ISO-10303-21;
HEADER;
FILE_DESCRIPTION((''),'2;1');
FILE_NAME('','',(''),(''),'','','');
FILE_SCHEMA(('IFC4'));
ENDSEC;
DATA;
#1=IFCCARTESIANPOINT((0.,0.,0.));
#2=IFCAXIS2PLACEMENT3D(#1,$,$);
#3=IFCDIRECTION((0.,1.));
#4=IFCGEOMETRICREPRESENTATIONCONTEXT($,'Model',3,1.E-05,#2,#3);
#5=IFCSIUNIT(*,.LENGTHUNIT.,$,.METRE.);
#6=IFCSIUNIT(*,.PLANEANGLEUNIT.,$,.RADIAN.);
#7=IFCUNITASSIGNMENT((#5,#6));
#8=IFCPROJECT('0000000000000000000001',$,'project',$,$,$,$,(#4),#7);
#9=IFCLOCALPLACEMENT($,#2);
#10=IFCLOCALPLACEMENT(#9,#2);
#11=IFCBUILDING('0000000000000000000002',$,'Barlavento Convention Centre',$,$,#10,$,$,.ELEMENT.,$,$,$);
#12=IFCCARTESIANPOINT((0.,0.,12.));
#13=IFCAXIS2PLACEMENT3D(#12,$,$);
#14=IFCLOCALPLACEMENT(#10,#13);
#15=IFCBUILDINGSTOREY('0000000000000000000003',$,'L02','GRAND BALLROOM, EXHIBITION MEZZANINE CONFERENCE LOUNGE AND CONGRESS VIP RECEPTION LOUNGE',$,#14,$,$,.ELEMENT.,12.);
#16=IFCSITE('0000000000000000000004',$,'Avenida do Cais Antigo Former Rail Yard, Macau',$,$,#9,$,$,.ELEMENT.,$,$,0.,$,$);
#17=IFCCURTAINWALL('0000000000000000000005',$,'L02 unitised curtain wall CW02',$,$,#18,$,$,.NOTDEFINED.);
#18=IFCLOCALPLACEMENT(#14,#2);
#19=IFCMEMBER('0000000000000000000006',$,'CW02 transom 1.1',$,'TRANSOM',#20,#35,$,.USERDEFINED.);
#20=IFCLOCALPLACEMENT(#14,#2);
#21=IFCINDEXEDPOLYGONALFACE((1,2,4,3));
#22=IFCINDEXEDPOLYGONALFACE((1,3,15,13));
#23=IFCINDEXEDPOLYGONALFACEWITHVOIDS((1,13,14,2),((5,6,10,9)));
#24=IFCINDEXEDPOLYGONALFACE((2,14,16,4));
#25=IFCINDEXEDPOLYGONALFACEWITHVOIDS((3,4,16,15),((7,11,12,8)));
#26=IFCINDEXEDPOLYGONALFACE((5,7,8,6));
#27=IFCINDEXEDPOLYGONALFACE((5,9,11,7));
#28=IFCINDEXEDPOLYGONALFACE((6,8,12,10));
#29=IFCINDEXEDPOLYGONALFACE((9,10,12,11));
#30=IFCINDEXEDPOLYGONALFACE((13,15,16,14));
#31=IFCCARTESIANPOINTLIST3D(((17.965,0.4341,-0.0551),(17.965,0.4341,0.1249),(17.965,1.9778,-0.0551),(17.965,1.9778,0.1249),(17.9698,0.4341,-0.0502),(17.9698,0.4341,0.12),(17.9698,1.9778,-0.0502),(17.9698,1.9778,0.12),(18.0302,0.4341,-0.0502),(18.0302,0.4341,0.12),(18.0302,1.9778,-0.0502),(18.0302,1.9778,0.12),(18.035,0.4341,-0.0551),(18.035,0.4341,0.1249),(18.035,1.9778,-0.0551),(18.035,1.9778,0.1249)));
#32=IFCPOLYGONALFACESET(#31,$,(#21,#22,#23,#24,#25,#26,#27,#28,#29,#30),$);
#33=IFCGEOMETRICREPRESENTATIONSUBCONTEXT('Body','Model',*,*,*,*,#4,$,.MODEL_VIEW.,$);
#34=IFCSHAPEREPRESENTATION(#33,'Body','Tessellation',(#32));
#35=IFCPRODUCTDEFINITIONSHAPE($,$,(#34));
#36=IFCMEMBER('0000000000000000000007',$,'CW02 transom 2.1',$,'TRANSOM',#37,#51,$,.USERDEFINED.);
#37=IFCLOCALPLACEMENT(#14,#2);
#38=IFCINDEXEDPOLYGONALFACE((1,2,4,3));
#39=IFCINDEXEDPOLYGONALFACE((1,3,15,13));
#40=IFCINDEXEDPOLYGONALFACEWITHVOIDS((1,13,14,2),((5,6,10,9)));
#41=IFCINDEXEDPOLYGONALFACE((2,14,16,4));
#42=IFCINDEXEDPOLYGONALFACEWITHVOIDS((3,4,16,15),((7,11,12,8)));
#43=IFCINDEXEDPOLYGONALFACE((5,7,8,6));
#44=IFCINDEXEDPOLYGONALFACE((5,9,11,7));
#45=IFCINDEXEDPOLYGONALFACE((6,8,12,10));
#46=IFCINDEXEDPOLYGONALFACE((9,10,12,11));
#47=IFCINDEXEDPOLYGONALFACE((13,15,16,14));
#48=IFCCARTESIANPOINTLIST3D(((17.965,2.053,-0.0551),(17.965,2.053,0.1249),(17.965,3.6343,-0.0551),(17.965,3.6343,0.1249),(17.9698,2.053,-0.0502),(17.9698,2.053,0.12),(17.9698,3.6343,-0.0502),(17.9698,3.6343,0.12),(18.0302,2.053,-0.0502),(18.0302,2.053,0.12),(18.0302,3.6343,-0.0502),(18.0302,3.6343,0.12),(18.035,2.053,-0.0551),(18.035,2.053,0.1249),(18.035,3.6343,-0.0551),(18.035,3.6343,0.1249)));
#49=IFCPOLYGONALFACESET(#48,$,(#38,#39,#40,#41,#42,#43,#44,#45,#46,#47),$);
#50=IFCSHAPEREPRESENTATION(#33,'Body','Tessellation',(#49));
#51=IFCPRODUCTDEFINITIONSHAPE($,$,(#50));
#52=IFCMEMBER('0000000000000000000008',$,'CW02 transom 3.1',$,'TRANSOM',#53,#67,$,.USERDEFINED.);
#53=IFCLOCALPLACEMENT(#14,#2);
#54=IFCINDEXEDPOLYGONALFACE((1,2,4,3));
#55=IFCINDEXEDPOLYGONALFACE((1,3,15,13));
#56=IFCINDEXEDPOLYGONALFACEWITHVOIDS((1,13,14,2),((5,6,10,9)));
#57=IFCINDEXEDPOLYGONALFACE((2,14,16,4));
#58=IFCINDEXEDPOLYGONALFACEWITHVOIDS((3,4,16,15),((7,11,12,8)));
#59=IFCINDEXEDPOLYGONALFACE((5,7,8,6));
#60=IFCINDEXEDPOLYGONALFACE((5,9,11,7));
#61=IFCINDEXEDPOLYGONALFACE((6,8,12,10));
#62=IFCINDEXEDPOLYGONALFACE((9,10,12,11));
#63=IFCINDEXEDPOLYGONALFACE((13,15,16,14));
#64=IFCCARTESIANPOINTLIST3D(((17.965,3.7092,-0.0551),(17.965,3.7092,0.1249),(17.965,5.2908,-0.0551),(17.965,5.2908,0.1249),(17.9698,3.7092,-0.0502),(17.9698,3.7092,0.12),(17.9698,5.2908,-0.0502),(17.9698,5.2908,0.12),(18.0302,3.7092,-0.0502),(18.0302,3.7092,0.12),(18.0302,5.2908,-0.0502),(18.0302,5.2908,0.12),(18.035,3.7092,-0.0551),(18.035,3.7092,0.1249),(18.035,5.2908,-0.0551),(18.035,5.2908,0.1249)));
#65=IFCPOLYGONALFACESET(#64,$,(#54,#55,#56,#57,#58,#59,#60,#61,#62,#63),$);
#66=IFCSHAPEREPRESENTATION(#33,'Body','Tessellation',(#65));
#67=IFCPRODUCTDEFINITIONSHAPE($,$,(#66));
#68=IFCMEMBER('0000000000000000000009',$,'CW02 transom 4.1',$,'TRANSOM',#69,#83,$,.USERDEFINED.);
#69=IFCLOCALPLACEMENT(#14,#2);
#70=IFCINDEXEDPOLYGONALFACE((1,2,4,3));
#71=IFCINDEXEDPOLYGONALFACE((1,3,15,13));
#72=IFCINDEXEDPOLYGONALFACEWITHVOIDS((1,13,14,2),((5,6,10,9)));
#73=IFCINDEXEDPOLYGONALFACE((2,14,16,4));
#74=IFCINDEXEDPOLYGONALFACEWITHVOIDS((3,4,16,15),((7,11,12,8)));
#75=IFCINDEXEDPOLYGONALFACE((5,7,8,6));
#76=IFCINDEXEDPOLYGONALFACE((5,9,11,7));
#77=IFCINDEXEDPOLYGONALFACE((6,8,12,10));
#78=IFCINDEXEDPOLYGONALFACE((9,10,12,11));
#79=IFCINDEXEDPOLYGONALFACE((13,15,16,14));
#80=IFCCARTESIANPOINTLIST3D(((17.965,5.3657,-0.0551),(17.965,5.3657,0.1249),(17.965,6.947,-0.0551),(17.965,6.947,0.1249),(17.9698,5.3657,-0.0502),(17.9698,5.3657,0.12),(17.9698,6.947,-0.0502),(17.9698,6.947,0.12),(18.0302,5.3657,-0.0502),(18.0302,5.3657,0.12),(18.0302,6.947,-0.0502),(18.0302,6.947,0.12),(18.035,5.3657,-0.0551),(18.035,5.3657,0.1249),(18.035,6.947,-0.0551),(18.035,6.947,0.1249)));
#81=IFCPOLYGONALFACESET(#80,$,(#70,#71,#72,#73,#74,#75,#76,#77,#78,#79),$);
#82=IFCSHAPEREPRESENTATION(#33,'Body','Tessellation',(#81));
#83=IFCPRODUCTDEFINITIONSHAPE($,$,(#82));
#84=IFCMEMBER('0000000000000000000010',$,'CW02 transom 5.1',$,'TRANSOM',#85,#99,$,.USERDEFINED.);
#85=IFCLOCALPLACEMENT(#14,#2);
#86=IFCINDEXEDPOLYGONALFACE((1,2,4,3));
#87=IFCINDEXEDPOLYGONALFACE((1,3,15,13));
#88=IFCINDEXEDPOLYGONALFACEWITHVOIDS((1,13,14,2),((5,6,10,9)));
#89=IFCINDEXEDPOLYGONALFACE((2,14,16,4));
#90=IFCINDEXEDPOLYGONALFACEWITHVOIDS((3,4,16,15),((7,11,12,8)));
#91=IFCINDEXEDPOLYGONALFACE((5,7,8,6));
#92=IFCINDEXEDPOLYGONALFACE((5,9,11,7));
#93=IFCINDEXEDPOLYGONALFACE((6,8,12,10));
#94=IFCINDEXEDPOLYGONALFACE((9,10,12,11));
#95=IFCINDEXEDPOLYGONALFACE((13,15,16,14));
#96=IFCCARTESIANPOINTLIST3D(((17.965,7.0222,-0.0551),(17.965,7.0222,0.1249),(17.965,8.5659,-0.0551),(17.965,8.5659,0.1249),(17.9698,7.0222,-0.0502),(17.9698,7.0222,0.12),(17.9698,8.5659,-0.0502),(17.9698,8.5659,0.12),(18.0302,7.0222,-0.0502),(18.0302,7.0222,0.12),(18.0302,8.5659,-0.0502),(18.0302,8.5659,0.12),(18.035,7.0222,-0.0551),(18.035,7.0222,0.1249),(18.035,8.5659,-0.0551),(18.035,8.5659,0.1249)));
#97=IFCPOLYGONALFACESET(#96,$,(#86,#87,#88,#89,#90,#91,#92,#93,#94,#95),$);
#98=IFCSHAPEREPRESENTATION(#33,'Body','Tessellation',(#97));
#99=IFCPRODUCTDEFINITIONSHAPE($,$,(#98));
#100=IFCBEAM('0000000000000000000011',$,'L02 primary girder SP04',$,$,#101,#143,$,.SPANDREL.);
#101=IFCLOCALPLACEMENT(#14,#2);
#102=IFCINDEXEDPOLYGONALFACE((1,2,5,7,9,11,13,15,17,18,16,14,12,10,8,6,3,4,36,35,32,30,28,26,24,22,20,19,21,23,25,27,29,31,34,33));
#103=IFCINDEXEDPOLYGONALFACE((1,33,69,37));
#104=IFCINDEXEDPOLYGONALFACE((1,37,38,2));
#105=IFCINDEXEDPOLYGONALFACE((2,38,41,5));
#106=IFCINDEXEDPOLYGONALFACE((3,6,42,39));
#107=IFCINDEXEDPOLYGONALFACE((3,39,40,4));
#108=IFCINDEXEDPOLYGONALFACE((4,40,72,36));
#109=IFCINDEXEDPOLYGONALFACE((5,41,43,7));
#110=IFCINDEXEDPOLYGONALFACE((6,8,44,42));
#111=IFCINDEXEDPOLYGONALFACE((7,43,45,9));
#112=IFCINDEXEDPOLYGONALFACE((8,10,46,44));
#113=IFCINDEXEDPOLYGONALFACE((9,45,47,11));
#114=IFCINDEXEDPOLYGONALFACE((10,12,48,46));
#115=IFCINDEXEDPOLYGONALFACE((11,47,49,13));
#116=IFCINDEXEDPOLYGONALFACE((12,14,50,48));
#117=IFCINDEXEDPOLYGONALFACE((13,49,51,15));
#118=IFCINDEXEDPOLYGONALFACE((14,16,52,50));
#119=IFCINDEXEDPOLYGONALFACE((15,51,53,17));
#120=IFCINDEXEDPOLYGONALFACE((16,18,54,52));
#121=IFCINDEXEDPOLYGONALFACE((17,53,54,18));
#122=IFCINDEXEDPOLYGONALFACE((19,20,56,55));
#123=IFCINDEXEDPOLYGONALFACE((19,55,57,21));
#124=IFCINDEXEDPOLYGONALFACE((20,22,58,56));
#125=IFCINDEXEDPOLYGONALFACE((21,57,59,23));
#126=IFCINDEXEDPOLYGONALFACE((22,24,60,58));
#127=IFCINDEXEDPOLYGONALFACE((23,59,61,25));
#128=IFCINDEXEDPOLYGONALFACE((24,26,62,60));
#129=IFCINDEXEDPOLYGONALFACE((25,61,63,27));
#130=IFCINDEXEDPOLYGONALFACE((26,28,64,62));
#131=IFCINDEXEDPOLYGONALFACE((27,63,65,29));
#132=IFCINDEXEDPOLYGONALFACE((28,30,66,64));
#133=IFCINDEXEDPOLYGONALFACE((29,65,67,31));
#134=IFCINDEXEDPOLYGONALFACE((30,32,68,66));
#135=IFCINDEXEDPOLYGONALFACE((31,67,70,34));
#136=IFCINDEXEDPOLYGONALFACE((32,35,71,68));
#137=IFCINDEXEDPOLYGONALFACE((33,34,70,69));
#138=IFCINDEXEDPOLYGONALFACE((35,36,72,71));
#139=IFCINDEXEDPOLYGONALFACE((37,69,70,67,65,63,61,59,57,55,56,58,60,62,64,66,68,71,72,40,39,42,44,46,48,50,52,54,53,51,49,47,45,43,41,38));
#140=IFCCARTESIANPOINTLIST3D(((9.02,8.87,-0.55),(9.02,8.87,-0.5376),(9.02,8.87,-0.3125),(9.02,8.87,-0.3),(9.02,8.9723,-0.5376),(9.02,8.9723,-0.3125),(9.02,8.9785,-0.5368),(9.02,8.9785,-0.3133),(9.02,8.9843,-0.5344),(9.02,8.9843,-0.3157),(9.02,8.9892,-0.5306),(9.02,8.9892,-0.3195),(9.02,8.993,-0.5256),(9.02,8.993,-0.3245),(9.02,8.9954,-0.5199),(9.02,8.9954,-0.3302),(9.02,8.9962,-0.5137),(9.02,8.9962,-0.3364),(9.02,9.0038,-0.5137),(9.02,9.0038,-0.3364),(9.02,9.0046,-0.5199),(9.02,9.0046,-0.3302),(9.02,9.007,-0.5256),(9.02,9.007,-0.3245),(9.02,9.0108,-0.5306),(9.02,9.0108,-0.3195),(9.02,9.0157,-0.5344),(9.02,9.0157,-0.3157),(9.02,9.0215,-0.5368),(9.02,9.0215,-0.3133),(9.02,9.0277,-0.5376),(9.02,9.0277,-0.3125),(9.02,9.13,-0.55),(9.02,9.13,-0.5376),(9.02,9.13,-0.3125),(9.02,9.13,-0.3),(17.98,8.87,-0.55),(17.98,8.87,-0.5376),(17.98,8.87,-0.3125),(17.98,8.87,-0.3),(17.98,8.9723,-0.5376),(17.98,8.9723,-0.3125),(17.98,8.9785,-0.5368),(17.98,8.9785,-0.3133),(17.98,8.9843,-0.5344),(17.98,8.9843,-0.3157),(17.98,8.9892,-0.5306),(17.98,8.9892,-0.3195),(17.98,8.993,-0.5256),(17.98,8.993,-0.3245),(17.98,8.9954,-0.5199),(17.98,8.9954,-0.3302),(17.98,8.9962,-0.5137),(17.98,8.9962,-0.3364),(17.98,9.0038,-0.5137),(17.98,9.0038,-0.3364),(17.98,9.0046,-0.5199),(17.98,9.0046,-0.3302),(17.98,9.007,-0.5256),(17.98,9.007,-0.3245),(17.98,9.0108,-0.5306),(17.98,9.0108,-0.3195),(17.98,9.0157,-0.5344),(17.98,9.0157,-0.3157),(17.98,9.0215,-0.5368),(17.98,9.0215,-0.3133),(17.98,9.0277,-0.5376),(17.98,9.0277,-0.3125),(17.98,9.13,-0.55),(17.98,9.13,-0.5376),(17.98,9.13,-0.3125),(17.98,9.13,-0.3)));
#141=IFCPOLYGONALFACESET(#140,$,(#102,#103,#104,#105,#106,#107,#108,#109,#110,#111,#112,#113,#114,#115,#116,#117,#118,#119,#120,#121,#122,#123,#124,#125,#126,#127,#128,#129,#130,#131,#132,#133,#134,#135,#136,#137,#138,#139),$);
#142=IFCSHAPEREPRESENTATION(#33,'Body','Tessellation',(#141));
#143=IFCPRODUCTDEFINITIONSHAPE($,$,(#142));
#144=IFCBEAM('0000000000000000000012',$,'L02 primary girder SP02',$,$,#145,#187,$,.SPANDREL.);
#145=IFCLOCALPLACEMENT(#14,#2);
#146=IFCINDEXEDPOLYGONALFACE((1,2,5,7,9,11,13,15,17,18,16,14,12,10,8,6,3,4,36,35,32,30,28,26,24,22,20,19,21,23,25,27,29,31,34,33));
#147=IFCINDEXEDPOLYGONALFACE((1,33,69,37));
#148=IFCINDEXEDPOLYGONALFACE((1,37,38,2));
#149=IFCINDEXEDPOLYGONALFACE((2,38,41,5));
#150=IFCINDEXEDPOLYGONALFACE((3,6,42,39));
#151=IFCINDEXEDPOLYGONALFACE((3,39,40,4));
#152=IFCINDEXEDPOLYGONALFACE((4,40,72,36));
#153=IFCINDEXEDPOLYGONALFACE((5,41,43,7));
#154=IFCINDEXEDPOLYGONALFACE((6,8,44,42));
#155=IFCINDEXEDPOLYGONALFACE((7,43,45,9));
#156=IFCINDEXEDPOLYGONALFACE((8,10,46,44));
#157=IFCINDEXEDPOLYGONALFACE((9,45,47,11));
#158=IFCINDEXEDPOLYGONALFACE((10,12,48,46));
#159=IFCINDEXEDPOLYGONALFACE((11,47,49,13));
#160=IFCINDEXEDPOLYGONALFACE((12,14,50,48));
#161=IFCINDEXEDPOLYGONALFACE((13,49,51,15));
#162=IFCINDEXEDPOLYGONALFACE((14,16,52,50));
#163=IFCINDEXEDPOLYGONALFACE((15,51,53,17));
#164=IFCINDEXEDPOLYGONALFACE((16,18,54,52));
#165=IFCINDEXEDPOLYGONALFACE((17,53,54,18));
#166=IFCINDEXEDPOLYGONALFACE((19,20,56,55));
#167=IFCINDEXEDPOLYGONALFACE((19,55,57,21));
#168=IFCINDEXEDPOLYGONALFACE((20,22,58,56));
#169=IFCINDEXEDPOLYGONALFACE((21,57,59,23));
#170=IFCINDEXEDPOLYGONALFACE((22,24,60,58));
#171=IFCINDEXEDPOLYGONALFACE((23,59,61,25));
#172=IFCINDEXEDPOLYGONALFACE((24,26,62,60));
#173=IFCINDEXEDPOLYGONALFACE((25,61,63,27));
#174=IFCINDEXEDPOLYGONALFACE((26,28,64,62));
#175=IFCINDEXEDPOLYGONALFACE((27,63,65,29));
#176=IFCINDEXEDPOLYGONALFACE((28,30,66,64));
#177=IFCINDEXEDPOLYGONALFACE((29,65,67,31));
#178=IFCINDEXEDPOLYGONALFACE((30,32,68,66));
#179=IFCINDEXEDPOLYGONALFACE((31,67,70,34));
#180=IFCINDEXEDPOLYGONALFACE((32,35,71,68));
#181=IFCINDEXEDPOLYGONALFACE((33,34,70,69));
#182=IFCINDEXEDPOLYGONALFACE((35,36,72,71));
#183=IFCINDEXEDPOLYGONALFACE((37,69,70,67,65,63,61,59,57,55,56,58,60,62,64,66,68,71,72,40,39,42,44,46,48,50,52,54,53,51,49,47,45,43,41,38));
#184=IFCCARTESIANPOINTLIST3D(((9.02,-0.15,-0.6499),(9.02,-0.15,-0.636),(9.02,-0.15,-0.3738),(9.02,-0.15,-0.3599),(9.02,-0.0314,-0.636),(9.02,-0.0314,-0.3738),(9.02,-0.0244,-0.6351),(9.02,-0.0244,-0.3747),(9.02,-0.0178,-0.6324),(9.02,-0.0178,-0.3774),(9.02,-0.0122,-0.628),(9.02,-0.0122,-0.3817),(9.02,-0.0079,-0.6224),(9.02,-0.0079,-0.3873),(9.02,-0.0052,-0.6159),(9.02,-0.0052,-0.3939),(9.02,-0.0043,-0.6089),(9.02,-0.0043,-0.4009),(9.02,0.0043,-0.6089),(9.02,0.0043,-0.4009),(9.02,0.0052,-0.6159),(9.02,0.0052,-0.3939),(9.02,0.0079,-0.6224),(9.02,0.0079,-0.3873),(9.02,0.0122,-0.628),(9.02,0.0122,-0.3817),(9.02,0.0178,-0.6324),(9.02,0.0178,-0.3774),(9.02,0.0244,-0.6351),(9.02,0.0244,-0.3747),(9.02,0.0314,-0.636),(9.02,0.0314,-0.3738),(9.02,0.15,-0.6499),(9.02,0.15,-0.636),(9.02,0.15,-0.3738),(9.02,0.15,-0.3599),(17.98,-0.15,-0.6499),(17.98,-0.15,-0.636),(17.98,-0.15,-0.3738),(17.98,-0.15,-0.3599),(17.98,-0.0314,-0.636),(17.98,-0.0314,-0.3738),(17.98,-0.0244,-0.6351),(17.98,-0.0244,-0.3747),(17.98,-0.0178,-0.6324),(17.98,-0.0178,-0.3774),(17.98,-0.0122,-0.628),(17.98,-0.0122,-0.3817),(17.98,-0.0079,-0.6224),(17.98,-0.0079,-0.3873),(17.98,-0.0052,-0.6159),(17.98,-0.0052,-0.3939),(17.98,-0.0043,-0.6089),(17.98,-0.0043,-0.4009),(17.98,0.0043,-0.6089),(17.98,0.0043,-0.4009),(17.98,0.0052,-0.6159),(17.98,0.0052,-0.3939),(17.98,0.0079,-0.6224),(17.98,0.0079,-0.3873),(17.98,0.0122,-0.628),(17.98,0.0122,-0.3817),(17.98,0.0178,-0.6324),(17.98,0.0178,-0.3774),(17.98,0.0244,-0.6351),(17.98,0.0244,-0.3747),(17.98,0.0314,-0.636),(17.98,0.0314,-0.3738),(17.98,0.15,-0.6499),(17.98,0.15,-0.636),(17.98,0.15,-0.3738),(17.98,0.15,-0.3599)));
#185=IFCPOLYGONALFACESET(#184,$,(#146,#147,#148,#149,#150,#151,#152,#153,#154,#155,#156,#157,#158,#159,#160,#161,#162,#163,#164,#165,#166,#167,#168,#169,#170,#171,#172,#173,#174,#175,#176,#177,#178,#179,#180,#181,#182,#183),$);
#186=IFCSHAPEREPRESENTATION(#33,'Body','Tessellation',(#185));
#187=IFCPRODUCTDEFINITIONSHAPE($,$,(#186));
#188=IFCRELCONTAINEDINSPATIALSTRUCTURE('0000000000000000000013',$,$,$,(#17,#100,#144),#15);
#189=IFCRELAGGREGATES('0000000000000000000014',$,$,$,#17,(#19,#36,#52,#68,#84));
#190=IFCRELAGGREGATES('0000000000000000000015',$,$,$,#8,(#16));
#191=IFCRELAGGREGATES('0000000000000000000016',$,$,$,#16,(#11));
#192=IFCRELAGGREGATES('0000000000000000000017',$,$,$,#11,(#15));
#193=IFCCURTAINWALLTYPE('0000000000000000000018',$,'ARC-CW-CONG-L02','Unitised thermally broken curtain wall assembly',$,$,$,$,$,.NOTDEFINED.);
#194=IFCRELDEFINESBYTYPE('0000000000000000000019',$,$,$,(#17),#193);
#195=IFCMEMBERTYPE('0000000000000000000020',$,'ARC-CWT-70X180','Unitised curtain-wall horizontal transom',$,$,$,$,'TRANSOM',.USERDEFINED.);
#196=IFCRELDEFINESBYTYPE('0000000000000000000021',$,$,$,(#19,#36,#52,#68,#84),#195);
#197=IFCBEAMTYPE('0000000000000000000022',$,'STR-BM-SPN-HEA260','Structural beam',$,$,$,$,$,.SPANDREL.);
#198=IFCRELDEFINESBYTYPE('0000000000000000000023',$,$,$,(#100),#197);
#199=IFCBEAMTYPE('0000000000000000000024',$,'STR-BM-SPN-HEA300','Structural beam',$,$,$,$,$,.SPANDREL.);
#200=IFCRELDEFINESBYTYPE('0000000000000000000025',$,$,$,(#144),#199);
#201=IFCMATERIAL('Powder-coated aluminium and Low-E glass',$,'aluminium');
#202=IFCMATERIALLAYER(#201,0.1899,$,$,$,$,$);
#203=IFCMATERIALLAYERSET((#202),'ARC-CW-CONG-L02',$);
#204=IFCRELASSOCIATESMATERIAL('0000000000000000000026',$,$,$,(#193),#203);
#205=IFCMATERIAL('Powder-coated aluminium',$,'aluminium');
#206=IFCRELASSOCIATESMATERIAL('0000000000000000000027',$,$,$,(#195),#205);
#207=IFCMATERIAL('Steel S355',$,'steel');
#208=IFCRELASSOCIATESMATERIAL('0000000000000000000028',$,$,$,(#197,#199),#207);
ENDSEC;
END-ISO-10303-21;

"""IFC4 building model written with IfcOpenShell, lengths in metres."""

from ifc_helpers import new_model, si_unit, direction, frame, origin, origin_2d, place, context, subcontext, project, spatial, hollow_rectangle, i_section, extrude, material, layer, layer_set, material_profile, profile_set, type_object, element, aggregate, save


model = new_model("IFC4")

# Units and contexts
model_context = context("Model", 3, precision=1e-05, world=origin(), true_north=direction((0.0, 1.0)))
body_context = subcontext(model_context, "Body", "Model", "MODEL_VIEW")
ifc_project = project(units=[si_unit("LENGTHUNIT", "METRE"), si_unit("PLANEANGLEUNIT", "RADIAN")], contexts=[model_context])

# Site, building, storey
site_placement = place(None, origin())
site = spatial("IfcSite", under=ifc_project, at=site_placement, Name="Avenida do Cais Antigo Former Rail Yard, Macau", CompositionType="ELEMENT", RefElevation=0.0)
building_placement = place(site_placement, origin())
building = spatial("IfcBuilding", under=site, at=building_placement, Name="Barlavento Convention Centre", CompositionType="ELEMENT")
storey_placement = place(building_placement, frame((0.0, 0.0, 12.0)))
storey = spatial("IfcBuildingStorey", under=building, at=storey_placement, Name="L02", Description="GRAND BALLROOM, EXHIBITION MEZZANINE CONFERENCE LOUNGE AND CONGRESS VIP RECEPTION LOUNGE", CompositionType="ELEMENT", Elevation=12.0)

# Curtain wall
ifc_material_1 = material(Name="Powder-coated aluminium and Low-E glass", Category="aluminium")
ifc_layer_1 = layer(ifc_material_1, 0.1899)
ifc_layer_set_1 = layer_set([ifc_layer_1], Name="ARC-CW-CONG-L02")
curtain_wall_type = type_object("IfcCurtainWallType", Name="ARC-CW-CONG-L02", Description="Unitised thermally broken curtain wall assembly", PredefinedType="NOTDEFINED", material=ifc_layer_set_1)
ifc_material_2 = material(Name="Powder-coated aluminium", Category="aluminium")
curtain_wall_1_placement = place(storey_placement, origin())
curtain_wall_1 = element("IfcCurtainWall", 1, at=curtain_wall_1_placement, inside=storey, type_object=curtain_wall_type, Name="L02 unitised curtain wall CW02", PredefinedType="NOTDEFINED")

# Members
ifc_material_profile_1 = material_profile(ifc_material_2, hollow_rectangle(XDim=0.0701, YDim=0.1799, WallThickness=0.0049, at=origin_2d()), Name="AL-TRAN 70x180x5")
ifc_profile_set_1 = profile_set([ifc_material_profile_1], Name="Powder-coated aluminium")
member_type_1 = type_object("IfcMemberType", Name="ARC-CWT-70X180", Description="Unitised curtain-wall horizontal transom", ElementType="TRANSOM", PredefinedType="USERDEFINED", material=ifc_profile_set_1)
member_1_placement = place(storey_placement, frame((18.0, 0.4341, 0.0349), z_axis=(0.0, 1.0, 0.0), x_axis=(-1.0, 0.0, 0.0)))
member_1 = element("IfcMember", 2, at=member_1_placement, type_object=member_type_1, Name="CW02 transom 1.1", ObjectType="TRANSOM", PredefinedType="USERDEFINED", context=body_context, shape_type="SweptSolid", body=[
    extrude(hollow_rectangle(XDim=0.0701, YDim=0.1799, WallThickness=0.0049, at=origin_2d()), origin(), (0.0, 0.0, 1.0), 1.5437),
])
member_2_placement = place(storey_placement, frame((18.0, 2.053, 0.0349), z_axis=(0.0, 1.0, 0.0), x_axis=(-1.0, 0.0, 0.0)))
member_2 = element("IfcMember", 3, at=member_2_placement, type_object=member_type_1, Name="CW02 transom 2.1", ObjectType="TRANSOM", PredefinedType="USERDEFINED", context=body_context, shape_type="SweptSolid", body=[
    extrude(hollow_rectangle(XDim=0.0701, YDim=0.1799, WallThickness=0.0049, at=origin_2d()), origin(), (0.0, 0.0, 1.0), 1.5813),
])
member_3_placement = place(storey_placement, frame((18.0, 3.7092, 0.0349), z_axis=(0.0, 1.0, 0.0), x_axis=(-1.0, 0.0, 0.0)))
member_3 = element("IfcMember", 4, at=member_3_placement, type_object=member_type_1, Name="CW02 transom 3.1", ObjectType="TRANSOM", PredefinedType="USERDEFINED", context=body_context, shape_type="SweptSolid", body=[
    extrude(hollow_rectangle(XDim=0.0701, YDim=0.1799, WallThickness=0.0049, at=origin_2d()), origin(), (0.0, 0.0, 1.0), 1.5815),
])
member_4_placement = place(storey_placement, frame((18.0, 5.3657, 0.0349), z_axis=(0.0, 1.0, 0.0), x_axis=(-1.0, 0.0, 0.0)))
member_4 = element("IfcMember", 5, at=member_4_placement, type_object=member_type_1, Name="CW02 transom 4.1", ObjectType="TRANSOM", PredefinedType="USERDEFINED", context=body_context, shape_type="SweptSolid", body=[
    extrude(hollow_rectangle(XDim=0.0701, YDim=0.1799, WallThickness=0.0049, at=origin_2d()), origin(), (0.0, 0.0, 1.0), 1.5813),
])
member_5_placement = place(storey_placement, frame((18.0, 7.0222, 0.0349), z_axis=(0.0, 1.0, 0.0), x_axis=(-1.0, 0.0, 0.0)))
member_5 = element("IfcMember", 6, at=member_5_placement, type_object=member_type_1, Name="CW02 transom 5.1", ObjectType="TRANSOM", PredefinedType="USERDEFINED", context=body_context, shape_type="SweptSolid", body=[
    extrude(hollow_rectangle(XDim=0.0701, YDim=0.1799, WallThickness=0.0049, at=origin_2d()), origin(), (0.0, 0.0, 1.0), 1.5437),
])
aggregate(curtain_wall_1, [member_1, member_2, member_3, member_4, member_5])

# Beams
ifc_material_3 = material(Name="Steel S355", Category="steel")
ifc_material_profile_2 = material_profile(ifc_material_3, i_section(OverallWidth=0.26, OverallDepth=0.25, WebThickness=0.0076, FlangeThickness=0.0125, FilletRadius=0.0239, at=origin_2d()), Name="HEA 260")
ifc_profile_set_2 = profile_set([ifc_material_profile_2], Name="Steel S355")
beam_type_1 = type_object("IfcBeamType", Name="STR-BM-SPN-HEA260", Description="Structural beam", PredefinedType="SPANDREL", material=ifc_profile_set_2)
beam_1_placement = place(storey_placement, frame((9.02, 9.0, -0.425), z_axis=(1.0, 0.0, 0.0), x_axis=(0.0, 1.0, 0.0)))
element("IfcBeam", 7, at=beam_1_placement, inside=storey, type_object=beam_type_1, Name="L02 primary girder SP04", PredefinedType="SPANDREL", context=body_context, shape_type="SweptSolid", body=[
    extrude(i_section(OverallWidth=0.26, OverallDepth=0.25, WebThickness=0.0076, FlangeThickness=0.0125, FilletRadius=0.0239, at=origin_2d()), origin(), (0.0, 0.0, 1.0), 8.96),
])
ifc_material_profile_3 = material_profile(ifc_material_3, i_section(OverallWidth=0.3, OverallDepth=0.29, WebThickness=0.0085, FlangeThickness=0.0139, FilletRadius=0.0271, at=origin_2d()), Name="HEA 300")
ifc_profile_set_3 = profile_set([ifc_material_profile_3], Name="Steel S355")
beam_type_2 = type_object("IfcBeamType", Name="STR-BM-SPN-HEA300", Description="Structural beam", PredefinedType="SPANDREL", material=ifc_profile_set_3)
beam_2_placement = place(storey_placement, frame((9.02, 0.0, -0.5049), z_axis=(1.0, 0.0, 0.0), x_axis=(0.0, 1.0, 0.0)))
element("IfcBeam", 8, at=beam_2_placement, inside=storey, type_object=beam_type_2, Name="L02 primary girder SP02", PredefinedType="SPANDREL", context=body_context, shape_type="SweptSolid", body=[
    extrude(i_section(OverallWidth=0.3, OverallDepth=0.29, WebThickness=0.0085, FlangeThickness=0.0139, FilletRadius=0.0271, at=origin_2d()), origin(), (0.0, 0.0, 1.0), 8.96),
])

save(model, "model.ifc")
